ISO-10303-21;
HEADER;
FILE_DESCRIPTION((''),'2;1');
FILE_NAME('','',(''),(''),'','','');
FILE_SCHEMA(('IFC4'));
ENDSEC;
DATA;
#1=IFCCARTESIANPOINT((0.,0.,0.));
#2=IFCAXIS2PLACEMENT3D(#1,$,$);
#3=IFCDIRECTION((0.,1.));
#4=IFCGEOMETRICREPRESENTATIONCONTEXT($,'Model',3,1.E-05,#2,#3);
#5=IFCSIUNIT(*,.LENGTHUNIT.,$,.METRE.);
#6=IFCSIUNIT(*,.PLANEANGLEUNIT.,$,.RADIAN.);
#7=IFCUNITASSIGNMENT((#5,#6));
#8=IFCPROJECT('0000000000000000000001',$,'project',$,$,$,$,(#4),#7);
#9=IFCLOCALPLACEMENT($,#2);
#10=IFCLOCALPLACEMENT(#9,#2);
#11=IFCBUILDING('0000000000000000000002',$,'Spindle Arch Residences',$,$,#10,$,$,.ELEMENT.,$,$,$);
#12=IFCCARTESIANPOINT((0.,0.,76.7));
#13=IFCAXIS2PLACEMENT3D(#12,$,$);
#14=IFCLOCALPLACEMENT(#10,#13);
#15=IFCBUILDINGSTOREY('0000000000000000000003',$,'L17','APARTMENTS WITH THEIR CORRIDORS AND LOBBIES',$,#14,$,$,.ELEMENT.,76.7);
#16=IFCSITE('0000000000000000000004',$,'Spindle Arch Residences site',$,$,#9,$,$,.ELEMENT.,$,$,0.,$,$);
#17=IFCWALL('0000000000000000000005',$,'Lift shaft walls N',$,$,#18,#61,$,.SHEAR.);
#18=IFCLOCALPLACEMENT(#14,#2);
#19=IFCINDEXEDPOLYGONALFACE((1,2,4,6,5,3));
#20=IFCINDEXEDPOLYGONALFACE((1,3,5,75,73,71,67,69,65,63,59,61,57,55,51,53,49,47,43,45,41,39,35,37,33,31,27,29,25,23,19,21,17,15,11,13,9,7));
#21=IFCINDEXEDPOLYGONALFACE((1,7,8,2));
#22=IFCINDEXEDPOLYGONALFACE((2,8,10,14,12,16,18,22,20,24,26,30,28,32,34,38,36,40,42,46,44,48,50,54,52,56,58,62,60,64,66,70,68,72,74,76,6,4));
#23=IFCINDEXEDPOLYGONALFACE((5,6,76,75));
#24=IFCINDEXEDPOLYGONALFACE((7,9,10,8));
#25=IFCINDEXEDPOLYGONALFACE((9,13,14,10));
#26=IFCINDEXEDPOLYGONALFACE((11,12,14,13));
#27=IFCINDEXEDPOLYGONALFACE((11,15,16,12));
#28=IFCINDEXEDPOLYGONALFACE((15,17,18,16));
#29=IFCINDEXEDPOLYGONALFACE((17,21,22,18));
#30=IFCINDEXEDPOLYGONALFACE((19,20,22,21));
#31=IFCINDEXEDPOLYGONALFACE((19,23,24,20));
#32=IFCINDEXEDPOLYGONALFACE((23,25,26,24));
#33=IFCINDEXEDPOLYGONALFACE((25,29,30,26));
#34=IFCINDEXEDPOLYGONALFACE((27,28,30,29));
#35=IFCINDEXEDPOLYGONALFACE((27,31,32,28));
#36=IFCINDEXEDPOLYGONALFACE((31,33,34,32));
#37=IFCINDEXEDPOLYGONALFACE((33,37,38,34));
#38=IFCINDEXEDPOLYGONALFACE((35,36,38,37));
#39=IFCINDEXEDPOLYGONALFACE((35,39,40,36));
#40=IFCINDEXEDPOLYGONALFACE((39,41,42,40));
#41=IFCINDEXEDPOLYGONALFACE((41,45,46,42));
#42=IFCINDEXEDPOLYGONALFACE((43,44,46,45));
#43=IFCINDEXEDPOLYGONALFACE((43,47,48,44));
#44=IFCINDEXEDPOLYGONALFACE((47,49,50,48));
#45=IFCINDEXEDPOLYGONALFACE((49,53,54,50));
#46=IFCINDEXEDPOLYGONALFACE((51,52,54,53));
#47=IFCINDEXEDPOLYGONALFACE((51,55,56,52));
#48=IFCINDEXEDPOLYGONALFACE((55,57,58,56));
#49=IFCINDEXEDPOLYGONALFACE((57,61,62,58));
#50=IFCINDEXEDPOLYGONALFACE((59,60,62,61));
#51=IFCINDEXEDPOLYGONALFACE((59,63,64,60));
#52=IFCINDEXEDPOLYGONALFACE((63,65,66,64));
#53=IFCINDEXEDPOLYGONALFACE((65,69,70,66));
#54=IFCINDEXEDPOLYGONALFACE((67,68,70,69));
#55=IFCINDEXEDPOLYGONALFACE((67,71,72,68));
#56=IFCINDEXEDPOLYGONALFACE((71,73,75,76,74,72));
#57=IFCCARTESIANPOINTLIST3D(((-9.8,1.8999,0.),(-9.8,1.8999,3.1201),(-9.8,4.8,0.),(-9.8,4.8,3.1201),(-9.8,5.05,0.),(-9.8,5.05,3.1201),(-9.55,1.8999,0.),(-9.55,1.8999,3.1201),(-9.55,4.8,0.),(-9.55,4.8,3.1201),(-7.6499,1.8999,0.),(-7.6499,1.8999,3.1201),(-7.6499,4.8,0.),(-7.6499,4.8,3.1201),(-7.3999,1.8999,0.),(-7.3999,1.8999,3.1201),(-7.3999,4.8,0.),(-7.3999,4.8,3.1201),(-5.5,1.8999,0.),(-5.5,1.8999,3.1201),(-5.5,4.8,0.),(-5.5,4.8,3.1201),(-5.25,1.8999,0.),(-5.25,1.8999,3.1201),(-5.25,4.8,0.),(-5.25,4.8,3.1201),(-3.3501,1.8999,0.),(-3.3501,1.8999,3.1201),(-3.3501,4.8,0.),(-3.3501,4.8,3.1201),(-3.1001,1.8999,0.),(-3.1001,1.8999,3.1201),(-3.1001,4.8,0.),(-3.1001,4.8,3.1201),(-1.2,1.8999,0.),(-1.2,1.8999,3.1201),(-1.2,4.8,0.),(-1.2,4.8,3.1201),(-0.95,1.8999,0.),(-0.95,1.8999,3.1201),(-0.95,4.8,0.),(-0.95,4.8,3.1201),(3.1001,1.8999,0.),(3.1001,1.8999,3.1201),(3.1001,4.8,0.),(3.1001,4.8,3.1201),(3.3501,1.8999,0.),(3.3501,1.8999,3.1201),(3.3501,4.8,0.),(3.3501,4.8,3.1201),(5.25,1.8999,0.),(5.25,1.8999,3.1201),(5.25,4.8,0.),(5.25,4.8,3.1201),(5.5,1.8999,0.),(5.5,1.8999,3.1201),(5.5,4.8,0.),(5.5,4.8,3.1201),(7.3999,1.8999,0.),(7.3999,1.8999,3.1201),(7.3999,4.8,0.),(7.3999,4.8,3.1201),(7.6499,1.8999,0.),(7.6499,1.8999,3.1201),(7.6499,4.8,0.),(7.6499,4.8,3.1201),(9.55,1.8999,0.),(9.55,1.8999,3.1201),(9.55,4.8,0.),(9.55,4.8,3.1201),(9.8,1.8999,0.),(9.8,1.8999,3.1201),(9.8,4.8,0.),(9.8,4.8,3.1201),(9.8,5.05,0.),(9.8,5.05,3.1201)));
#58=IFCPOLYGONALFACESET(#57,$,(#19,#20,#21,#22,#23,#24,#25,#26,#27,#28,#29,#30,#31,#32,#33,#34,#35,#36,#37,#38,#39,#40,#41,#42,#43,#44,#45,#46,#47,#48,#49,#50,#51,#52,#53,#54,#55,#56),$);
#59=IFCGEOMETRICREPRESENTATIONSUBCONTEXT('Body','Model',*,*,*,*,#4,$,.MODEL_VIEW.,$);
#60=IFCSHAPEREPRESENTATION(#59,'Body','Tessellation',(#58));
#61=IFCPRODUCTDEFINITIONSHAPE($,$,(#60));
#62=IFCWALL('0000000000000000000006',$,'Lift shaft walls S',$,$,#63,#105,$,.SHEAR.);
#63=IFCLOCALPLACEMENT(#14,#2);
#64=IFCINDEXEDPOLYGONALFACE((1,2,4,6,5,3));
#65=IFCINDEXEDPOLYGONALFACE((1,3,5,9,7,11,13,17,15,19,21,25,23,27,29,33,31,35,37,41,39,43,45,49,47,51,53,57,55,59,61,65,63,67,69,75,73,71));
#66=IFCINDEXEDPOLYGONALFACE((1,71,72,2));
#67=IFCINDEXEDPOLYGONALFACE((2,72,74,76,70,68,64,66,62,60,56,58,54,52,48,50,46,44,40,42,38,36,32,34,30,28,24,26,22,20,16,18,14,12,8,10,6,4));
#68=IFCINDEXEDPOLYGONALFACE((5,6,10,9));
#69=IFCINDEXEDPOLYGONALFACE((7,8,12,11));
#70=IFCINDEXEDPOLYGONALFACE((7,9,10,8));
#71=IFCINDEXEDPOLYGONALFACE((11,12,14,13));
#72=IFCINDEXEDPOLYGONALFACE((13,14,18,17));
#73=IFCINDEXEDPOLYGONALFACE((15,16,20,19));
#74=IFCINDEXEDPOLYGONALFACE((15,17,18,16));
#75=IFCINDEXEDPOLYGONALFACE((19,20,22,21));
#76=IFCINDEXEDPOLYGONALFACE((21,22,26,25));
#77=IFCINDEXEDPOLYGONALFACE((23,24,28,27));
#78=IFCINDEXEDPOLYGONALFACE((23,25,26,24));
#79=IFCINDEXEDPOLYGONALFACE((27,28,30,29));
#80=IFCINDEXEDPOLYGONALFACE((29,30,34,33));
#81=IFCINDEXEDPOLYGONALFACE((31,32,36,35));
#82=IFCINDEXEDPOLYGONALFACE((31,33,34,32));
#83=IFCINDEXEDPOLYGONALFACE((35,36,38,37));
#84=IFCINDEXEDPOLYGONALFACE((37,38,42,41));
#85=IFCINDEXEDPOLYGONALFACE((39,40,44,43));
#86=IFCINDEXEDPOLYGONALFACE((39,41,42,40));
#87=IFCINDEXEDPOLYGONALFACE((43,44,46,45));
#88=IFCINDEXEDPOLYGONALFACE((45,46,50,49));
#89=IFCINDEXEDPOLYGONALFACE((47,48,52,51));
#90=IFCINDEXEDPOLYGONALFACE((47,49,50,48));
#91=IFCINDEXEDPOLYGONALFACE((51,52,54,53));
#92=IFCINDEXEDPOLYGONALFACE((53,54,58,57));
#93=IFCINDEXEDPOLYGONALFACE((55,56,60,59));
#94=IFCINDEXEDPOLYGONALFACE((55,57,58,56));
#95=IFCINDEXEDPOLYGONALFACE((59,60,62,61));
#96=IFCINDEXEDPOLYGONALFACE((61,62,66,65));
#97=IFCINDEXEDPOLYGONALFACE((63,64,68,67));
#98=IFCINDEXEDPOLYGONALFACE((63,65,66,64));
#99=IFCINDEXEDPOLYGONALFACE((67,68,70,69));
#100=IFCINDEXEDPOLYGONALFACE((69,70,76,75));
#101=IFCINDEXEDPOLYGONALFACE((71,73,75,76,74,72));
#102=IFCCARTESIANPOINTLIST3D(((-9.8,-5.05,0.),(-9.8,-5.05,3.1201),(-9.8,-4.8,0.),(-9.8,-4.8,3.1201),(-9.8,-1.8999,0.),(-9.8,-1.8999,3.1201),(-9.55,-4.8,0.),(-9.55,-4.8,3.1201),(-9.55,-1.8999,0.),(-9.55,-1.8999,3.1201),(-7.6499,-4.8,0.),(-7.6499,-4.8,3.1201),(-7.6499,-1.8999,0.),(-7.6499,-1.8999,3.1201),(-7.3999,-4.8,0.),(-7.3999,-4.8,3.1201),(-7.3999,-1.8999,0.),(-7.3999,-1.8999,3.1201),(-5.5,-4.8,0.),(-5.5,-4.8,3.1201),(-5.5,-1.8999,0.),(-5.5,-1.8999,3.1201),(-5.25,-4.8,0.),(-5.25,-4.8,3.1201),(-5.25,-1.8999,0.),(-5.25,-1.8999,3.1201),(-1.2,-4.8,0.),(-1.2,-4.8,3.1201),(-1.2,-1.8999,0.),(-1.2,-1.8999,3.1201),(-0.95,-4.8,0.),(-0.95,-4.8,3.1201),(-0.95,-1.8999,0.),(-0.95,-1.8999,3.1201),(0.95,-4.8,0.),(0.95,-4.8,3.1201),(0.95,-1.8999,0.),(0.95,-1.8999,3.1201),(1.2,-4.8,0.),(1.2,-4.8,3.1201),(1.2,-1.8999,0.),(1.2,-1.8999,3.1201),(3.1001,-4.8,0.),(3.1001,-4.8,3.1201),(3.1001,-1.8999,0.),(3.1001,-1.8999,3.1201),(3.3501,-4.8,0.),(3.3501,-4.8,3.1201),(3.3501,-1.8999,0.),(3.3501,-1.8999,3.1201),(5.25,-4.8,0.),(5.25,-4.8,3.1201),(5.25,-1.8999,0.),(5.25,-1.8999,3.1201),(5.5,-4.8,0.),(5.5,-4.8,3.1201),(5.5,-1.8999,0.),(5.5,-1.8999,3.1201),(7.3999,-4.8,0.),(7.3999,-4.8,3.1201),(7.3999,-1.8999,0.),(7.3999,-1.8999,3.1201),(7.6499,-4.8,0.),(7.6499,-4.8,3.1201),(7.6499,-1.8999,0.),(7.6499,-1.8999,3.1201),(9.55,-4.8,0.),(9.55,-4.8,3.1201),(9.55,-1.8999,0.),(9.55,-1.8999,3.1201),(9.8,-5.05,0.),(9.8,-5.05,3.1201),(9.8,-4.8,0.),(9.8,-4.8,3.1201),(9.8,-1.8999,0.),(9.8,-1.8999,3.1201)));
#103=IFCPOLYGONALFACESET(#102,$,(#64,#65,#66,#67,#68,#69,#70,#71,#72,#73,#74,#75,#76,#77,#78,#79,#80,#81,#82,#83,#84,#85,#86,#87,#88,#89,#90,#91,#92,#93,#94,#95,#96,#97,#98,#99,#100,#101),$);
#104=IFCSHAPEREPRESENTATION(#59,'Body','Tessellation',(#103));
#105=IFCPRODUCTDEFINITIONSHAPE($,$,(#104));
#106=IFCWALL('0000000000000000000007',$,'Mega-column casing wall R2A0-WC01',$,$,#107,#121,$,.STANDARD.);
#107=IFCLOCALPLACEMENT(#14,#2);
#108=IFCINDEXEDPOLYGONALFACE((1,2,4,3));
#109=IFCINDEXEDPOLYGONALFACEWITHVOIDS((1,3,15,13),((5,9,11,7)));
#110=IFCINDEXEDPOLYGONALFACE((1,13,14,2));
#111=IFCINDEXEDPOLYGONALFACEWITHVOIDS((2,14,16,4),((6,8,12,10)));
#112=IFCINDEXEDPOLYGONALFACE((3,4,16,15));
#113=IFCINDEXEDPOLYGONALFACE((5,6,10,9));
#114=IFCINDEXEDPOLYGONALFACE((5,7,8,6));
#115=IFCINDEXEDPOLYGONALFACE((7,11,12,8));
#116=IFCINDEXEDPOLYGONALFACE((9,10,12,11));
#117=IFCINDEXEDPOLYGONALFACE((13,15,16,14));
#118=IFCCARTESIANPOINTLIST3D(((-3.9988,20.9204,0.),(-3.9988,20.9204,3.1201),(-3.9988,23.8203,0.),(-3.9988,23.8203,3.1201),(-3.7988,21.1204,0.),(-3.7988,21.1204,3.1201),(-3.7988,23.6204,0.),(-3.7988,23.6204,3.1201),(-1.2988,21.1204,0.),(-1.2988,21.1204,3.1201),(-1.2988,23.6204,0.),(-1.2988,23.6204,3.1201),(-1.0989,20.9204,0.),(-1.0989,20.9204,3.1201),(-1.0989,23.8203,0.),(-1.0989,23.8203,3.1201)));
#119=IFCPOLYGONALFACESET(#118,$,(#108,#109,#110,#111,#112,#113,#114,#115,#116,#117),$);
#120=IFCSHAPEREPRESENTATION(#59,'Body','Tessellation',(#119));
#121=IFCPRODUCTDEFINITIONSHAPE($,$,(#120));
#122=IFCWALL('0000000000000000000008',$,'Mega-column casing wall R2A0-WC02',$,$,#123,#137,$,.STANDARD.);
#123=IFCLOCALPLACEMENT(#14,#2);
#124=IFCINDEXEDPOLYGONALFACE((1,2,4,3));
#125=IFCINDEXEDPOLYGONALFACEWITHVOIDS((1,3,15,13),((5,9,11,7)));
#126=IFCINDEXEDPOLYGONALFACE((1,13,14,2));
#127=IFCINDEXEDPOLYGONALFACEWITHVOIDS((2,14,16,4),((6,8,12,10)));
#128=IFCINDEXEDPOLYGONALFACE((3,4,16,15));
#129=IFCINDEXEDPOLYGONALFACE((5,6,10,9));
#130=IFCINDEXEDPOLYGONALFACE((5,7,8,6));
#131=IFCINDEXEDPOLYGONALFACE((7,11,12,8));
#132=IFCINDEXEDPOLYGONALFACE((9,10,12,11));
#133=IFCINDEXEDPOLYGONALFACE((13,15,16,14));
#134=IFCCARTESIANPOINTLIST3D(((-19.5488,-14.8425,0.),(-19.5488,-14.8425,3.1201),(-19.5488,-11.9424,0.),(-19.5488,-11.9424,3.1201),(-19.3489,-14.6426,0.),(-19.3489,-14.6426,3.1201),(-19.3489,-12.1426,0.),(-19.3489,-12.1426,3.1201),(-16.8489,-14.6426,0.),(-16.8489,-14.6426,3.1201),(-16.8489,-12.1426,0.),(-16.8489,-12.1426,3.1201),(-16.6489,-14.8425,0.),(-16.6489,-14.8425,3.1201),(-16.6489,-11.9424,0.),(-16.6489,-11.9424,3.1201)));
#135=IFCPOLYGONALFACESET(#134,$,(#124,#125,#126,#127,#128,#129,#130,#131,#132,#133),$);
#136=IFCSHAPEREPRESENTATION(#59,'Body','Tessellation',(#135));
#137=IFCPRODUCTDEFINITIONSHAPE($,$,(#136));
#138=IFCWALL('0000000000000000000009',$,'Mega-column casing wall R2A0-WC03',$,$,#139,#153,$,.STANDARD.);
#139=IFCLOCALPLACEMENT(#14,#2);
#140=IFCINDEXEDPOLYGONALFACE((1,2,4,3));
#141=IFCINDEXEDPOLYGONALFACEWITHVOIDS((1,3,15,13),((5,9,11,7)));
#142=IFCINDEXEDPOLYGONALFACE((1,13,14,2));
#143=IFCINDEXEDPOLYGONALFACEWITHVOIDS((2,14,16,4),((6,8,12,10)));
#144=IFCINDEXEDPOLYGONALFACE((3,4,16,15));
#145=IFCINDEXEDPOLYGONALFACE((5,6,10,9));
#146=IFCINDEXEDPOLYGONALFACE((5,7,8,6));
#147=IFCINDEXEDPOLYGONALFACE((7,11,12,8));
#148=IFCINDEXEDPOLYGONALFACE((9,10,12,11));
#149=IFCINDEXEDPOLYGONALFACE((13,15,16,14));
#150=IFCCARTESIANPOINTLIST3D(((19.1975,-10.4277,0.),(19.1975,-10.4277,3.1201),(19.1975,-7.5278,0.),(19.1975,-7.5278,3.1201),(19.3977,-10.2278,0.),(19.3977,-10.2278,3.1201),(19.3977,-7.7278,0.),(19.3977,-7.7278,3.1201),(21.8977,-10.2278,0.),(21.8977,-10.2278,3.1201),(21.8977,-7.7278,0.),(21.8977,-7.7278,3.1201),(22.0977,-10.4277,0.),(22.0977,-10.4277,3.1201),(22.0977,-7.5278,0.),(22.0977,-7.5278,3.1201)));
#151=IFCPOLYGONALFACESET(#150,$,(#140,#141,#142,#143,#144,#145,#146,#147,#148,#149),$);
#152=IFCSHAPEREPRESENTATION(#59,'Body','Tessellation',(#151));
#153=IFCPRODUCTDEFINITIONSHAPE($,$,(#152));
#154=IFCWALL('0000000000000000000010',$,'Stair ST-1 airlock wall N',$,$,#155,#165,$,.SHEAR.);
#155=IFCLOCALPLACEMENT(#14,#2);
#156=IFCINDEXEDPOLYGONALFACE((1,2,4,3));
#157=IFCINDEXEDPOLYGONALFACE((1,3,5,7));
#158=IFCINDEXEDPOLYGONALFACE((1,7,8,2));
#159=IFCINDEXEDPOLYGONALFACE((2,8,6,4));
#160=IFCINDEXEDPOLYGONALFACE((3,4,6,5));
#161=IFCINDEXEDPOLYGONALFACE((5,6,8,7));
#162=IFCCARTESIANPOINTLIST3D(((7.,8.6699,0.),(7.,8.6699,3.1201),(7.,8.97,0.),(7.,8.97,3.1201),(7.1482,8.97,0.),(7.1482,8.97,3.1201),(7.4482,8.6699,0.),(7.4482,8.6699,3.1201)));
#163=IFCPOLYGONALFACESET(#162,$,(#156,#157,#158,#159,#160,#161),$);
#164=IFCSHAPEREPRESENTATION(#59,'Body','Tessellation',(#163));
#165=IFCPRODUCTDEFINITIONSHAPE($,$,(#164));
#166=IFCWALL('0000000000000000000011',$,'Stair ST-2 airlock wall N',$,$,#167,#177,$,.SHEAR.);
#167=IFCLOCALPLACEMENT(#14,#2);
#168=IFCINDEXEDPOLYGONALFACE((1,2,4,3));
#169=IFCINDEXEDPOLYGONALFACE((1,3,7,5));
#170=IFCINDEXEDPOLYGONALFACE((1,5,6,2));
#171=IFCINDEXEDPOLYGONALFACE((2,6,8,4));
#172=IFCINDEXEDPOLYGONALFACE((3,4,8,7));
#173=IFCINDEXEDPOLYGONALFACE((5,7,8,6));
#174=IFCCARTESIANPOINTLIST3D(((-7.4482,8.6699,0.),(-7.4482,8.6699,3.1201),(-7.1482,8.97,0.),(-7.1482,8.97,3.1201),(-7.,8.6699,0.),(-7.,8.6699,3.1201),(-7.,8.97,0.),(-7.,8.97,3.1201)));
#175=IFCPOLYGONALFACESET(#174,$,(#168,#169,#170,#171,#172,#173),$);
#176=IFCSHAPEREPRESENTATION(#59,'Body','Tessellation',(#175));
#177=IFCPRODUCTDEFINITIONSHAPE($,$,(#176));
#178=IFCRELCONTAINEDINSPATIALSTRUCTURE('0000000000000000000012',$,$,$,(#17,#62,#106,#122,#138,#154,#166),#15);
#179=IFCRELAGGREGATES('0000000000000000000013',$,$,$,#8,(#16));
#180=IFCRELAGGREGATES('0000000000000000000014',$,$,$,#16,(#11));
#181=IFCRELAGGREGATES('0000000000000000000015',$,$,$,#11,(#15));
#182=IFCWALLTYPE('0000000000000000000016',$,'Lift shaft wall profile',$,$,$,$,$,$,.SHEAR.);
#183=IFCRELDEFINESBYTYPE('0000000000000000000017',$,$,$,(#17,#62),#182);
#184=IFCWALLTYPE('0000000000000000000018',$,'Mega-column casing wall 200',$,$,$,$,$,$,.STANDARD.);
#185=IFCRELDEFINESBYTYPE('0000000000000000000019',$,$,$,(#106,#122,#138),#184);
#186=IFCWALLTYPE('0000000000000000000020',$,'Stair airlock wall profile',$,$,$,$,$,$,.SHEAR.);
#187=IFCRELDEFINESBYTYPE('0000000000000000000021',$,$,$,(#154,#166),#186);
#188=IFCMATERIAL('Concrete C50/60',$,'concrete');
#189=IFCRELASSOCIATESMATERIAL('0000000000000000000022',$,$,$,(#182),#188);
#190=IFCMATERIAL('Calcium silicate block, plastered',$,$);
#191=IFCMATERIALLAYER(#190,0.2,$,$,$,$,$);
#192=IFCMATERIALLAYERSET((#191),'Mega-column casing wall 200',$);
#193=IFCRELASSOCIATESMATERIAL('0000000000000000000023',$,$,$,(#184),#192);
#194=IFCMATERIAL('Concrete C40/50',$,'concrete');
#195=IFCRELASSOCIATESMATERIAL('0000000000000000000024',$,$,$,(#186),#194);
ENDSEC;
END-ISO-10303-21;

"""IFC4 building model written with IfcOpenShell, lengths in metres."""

from ifc_helpers import new_model, si_unit, direction, frame, origin, place, context, subcontext, project, spatial, polyline, outline, extrude, material, layer, layer_set, type_object, element, save


model = new_model("IFC4")

# Units and contexts
model_context = context("Model", 3, precision=1e-05, world=origin(), true_north=direction((0.0, 1.0)))
body_context = subcontext(model_context, "Body", "Model", "MODEL_VIEW")
ifc_project = project(units=[si_unit("LENGTHUNIT", "METRE"), si_unit("PLANEANGLEUNIT", "RADIAN")], contexts=[model_context])

# Site, building, storey
site_placement = place(None, origin())
site = spatial("IfcSite", under=ifc_project, at=site_placement, Name="Spindle Arch Residences site", CompositionType="ELEMENT", RefElevation=0.0)
building_placement = place(site_placement, origin())
building = spatial("IfcBuilding", under=site, at=building_placement, Name="Spindle Arch Residences", CompositionType="ELEMENT")
storey_placement = place(building_placement, frame((0.0, 0.0, 76.7)))
storey = spatial("IfcBuildingStorey", under=building, at=storey_placement, Name="L17", Description="APARTMENTS WITH THEIR CORRIDORS AND LOBBIES", CompositionType="ELEMENT", Elevation=76.7)

# Walls
ifc_material_1 = material(Name="Concrete C50/60", Category="concrete")
wall_type_1 = type_object("IfcWallType", Name="Lift shaft wall profile", PredefinedType="SHEAR", material=ifc_material_1)
wall_1_placement = place(storey_placement, origin())
element("IfcWall", 1, at=wall_1_placement, inside=storey, type_object=wall_type_1, Name="Lift shaft walls N", PredefinedType="SHEAR", context=body_context, shape_type="SweptSolid", body=[
    extrude(outline(polyline([(-9.55, 4.8), (-7.6499, 4.8), (-7.6499, 1.8999), (-7.3999, 1.8999), (-7.3999, 4.8), (-5.5, 4.8), (-5.5, 1.8999), (-5.25, 1.8999), (-5.25, 4.8), (-3.3501, 4.8), (-3.3501, 1.8999), (-3.1001, 1.8999), (-3.1001, 4.8), (-1.2, 4.8), (-1.2, 1.8999), (-0.95, 1.8999), (-0.95, 4.8), (3.1001, 4.8), (3.1001, 1.8999), (3.3501, 1.8999), (3.3501, 4.8), (5.25, 4.8), (5.25, 1.8999), (5.5, 1.8999), (5.5, 4.8), (7.3999, 4.8), (7.3999, 1.8999), (7.6499, 1.8999), (7.6499, 4.8), (9.55, 4.8), (9.55, 1.8999), (9.8, 1.8999), (9.8, 4.8), (9.8, 5.05), (-9.8, 5.05), (-9.8, 4.8), (-9.8, 1.8999), (-9.55, 1.8999), (-9.55, 4.8)])), origin(), (0.0, 0.0, 1.0), 3.1201),
])
wall_2_placement = place(storey_placement, origin())
element("IfcWall", 2, at=wall_2_placement, inside=storey, type_object=wall_type_1, Name="Lift shaft walls S", PredefinedType="SHEAR", context=body_context, shape_type="SweptSolid", body=[
    extrude(outline(polyline([(9.8, -5.05), (9.8, -4.8), (9.8, -1.8999), (9.55, -1.8999), (9.55, -4.8), (7.6499, -4.8), (7.6499, -1.8999), (7.3999, -1.8999), (7.3999, -4.8), (5.5, -4.8), (5.5, -1.8999), (5.25, -1.8999), (5.25, -4.8), (3.3501, -4.8), (3.3501, -1.8999), (3.1001, -1.8999), (3.1001, -4.8), (1.2, -4.8), (1.2, -1.8999), (0.95, -1.8999), (0.95, -4.8), (-0.95, -4.8), (-0.95, -1.8999), (-1.2, -1.8999), (-1.2, -4.8), (-5.25, -4.8), (-5.25, -1.8999), (-5.5, -1.8999), (-5.5, -4.8), (-7.3999, -4.8), (-7.3999, -1.8999), (-7.6499, -1.8999), (-7.6499, -4.8), (-9.55, -4.8), (-9.55, -1.8999), (-9.8, -1.8999), (-9.8, -4.8), (-9.8, -5.05), (9.8, -5.05)])), origin(), (0.0, 0.0, 1.0), 3.1201),
])
ifc_material_2 = material(Name="Calcium silicate block, plastered")
ifc_layer_1 = layer(ifc_material_2, 0.2)
ifc_layer_set_1 = layer_set([ifc_layer_1], Name="Mega-column casing wall 200")
wall_type_2 = type_object("IfcWallType", Name="Mega-column casing wall 200", PredefinedType="STANDARD", material=ifc_layer_set_1)
wall_3_placement = place(storey_placement, origin())
element("IfcWall", 3, at=wall_3_placement, inside=storey, type_object=wall_type_2, Name="Mega-column casing wall R2A0-WC01", PredefinedType="STANDARD", context=body_context, shape_type="SweptSolid", body=[
    extrude(outline(polyline([(-1.0989, 23.8203), (-1.0989, 20.9204), (-3.9988, 20.9204), (-3.9988, 23.8203), (-1.0989, 23.8203)]), holes=[polyline([(-3.7988, 21.1204), (-1.2988, 21.1204), (-1.2988, 23.6204), (-3.7988, 23.6204), (-3.7988, 21.1204)])]), origin(), (0.0, 0.0, 1.0), 3.1201),
])
wall_4_placement = place(storey_placement, origin())
element("IfcWall", 4, at=wall_4_placement, inside=storey, type_object=wall_type_2, Name="Mega-column casing wall R2A0-WC02", PredefinedType="STANDARD", context=body_context, shape_type="SweptSolid", body=[
    extrude(outline(polyline([(-16.6489, -11.9424), (-16.6489, -14.8425), (-19.5488, -14.8425), (-19.5488, -11.9424), (-16.6489, -11.9424)]), holes=[polyline([(-19.3489, -14.6426), (-16.8489, -14.6426), (-16.8489, -12.1426), (-19.3489, -12.1426), (-19.3489, -14.6426)])]), origin(), (0.0, 0.0, 1.0), 3.1201),
])
wall_5_placement = place(storey_placement, origin())
element("IfcWall", 5, at=wall_5_placement, inside=storey, type_object=wall_type_2, Name="Mega-column casing wall R2A0-WC03", PredefinedType="STANDARD", context=body_context, shape_type="SweptSolid", body=[
    extrude(outline(polyline([(22.0977, -7.5278), (22.0977, -10.4277), (19.1975, -10.4277), (19.1975, -7.5278), (22.0977, -7.5278)]), holes=[polyline([(19.3977, -10.2278), (21.8977, -10.2278), (21.8977, -7.7278), (19.3977, -7.7278), (19.3977, -10.2278)])]), origin(), (0.0, 0.0, 1.0), 3.1201),
])
ifc_material_3 = material(Name="Concrete C40/50", Category="concrete")
wall_type_3 = type_object("IfcWallType", Name="Stair airlock wall profile", PredefinedType="SHEAR", material=ifc_material_3)
wall_6_placement = place(storey_placement, origin())
element("IfcWall", 6, at=wall_6_placement, inside=storey, type_object=wall_type_3, Name="Stair ST-1 airlock wall N", PredefinedType="SHEAR", context=body_context, shape_type="SweptSolid", body=[
    extrude(outline(polyline([(7.4482, 8.6699), (7.0, 8.6699), (7.0, 8.97), (7.1482, 8.97), (7.4482, 8.6699)])), origin(), (0.0, 0.0, 1.0), 3.1201),
])
wall_7_placement = place(storey_placement, origin())
element("IfcWall", 7, at=wall_7_placement, inside=storey, type_object=wall_type_3, Name="Stair ST-2 airlock wall N", PredefinedType="SHEAR", context=body_context, shape_type="SweptSolid", body=[
    extrude(outline(polyline([(-7.1482, 8.97), (-7.0, 8.97), (-7.0, 8.6699), (-7.4482, 8.6699), (-7.1482, 8.97)])), origin(), (0.0, 0.0, 1.0), 3.1201),
])

save(model, "model.ifc")
